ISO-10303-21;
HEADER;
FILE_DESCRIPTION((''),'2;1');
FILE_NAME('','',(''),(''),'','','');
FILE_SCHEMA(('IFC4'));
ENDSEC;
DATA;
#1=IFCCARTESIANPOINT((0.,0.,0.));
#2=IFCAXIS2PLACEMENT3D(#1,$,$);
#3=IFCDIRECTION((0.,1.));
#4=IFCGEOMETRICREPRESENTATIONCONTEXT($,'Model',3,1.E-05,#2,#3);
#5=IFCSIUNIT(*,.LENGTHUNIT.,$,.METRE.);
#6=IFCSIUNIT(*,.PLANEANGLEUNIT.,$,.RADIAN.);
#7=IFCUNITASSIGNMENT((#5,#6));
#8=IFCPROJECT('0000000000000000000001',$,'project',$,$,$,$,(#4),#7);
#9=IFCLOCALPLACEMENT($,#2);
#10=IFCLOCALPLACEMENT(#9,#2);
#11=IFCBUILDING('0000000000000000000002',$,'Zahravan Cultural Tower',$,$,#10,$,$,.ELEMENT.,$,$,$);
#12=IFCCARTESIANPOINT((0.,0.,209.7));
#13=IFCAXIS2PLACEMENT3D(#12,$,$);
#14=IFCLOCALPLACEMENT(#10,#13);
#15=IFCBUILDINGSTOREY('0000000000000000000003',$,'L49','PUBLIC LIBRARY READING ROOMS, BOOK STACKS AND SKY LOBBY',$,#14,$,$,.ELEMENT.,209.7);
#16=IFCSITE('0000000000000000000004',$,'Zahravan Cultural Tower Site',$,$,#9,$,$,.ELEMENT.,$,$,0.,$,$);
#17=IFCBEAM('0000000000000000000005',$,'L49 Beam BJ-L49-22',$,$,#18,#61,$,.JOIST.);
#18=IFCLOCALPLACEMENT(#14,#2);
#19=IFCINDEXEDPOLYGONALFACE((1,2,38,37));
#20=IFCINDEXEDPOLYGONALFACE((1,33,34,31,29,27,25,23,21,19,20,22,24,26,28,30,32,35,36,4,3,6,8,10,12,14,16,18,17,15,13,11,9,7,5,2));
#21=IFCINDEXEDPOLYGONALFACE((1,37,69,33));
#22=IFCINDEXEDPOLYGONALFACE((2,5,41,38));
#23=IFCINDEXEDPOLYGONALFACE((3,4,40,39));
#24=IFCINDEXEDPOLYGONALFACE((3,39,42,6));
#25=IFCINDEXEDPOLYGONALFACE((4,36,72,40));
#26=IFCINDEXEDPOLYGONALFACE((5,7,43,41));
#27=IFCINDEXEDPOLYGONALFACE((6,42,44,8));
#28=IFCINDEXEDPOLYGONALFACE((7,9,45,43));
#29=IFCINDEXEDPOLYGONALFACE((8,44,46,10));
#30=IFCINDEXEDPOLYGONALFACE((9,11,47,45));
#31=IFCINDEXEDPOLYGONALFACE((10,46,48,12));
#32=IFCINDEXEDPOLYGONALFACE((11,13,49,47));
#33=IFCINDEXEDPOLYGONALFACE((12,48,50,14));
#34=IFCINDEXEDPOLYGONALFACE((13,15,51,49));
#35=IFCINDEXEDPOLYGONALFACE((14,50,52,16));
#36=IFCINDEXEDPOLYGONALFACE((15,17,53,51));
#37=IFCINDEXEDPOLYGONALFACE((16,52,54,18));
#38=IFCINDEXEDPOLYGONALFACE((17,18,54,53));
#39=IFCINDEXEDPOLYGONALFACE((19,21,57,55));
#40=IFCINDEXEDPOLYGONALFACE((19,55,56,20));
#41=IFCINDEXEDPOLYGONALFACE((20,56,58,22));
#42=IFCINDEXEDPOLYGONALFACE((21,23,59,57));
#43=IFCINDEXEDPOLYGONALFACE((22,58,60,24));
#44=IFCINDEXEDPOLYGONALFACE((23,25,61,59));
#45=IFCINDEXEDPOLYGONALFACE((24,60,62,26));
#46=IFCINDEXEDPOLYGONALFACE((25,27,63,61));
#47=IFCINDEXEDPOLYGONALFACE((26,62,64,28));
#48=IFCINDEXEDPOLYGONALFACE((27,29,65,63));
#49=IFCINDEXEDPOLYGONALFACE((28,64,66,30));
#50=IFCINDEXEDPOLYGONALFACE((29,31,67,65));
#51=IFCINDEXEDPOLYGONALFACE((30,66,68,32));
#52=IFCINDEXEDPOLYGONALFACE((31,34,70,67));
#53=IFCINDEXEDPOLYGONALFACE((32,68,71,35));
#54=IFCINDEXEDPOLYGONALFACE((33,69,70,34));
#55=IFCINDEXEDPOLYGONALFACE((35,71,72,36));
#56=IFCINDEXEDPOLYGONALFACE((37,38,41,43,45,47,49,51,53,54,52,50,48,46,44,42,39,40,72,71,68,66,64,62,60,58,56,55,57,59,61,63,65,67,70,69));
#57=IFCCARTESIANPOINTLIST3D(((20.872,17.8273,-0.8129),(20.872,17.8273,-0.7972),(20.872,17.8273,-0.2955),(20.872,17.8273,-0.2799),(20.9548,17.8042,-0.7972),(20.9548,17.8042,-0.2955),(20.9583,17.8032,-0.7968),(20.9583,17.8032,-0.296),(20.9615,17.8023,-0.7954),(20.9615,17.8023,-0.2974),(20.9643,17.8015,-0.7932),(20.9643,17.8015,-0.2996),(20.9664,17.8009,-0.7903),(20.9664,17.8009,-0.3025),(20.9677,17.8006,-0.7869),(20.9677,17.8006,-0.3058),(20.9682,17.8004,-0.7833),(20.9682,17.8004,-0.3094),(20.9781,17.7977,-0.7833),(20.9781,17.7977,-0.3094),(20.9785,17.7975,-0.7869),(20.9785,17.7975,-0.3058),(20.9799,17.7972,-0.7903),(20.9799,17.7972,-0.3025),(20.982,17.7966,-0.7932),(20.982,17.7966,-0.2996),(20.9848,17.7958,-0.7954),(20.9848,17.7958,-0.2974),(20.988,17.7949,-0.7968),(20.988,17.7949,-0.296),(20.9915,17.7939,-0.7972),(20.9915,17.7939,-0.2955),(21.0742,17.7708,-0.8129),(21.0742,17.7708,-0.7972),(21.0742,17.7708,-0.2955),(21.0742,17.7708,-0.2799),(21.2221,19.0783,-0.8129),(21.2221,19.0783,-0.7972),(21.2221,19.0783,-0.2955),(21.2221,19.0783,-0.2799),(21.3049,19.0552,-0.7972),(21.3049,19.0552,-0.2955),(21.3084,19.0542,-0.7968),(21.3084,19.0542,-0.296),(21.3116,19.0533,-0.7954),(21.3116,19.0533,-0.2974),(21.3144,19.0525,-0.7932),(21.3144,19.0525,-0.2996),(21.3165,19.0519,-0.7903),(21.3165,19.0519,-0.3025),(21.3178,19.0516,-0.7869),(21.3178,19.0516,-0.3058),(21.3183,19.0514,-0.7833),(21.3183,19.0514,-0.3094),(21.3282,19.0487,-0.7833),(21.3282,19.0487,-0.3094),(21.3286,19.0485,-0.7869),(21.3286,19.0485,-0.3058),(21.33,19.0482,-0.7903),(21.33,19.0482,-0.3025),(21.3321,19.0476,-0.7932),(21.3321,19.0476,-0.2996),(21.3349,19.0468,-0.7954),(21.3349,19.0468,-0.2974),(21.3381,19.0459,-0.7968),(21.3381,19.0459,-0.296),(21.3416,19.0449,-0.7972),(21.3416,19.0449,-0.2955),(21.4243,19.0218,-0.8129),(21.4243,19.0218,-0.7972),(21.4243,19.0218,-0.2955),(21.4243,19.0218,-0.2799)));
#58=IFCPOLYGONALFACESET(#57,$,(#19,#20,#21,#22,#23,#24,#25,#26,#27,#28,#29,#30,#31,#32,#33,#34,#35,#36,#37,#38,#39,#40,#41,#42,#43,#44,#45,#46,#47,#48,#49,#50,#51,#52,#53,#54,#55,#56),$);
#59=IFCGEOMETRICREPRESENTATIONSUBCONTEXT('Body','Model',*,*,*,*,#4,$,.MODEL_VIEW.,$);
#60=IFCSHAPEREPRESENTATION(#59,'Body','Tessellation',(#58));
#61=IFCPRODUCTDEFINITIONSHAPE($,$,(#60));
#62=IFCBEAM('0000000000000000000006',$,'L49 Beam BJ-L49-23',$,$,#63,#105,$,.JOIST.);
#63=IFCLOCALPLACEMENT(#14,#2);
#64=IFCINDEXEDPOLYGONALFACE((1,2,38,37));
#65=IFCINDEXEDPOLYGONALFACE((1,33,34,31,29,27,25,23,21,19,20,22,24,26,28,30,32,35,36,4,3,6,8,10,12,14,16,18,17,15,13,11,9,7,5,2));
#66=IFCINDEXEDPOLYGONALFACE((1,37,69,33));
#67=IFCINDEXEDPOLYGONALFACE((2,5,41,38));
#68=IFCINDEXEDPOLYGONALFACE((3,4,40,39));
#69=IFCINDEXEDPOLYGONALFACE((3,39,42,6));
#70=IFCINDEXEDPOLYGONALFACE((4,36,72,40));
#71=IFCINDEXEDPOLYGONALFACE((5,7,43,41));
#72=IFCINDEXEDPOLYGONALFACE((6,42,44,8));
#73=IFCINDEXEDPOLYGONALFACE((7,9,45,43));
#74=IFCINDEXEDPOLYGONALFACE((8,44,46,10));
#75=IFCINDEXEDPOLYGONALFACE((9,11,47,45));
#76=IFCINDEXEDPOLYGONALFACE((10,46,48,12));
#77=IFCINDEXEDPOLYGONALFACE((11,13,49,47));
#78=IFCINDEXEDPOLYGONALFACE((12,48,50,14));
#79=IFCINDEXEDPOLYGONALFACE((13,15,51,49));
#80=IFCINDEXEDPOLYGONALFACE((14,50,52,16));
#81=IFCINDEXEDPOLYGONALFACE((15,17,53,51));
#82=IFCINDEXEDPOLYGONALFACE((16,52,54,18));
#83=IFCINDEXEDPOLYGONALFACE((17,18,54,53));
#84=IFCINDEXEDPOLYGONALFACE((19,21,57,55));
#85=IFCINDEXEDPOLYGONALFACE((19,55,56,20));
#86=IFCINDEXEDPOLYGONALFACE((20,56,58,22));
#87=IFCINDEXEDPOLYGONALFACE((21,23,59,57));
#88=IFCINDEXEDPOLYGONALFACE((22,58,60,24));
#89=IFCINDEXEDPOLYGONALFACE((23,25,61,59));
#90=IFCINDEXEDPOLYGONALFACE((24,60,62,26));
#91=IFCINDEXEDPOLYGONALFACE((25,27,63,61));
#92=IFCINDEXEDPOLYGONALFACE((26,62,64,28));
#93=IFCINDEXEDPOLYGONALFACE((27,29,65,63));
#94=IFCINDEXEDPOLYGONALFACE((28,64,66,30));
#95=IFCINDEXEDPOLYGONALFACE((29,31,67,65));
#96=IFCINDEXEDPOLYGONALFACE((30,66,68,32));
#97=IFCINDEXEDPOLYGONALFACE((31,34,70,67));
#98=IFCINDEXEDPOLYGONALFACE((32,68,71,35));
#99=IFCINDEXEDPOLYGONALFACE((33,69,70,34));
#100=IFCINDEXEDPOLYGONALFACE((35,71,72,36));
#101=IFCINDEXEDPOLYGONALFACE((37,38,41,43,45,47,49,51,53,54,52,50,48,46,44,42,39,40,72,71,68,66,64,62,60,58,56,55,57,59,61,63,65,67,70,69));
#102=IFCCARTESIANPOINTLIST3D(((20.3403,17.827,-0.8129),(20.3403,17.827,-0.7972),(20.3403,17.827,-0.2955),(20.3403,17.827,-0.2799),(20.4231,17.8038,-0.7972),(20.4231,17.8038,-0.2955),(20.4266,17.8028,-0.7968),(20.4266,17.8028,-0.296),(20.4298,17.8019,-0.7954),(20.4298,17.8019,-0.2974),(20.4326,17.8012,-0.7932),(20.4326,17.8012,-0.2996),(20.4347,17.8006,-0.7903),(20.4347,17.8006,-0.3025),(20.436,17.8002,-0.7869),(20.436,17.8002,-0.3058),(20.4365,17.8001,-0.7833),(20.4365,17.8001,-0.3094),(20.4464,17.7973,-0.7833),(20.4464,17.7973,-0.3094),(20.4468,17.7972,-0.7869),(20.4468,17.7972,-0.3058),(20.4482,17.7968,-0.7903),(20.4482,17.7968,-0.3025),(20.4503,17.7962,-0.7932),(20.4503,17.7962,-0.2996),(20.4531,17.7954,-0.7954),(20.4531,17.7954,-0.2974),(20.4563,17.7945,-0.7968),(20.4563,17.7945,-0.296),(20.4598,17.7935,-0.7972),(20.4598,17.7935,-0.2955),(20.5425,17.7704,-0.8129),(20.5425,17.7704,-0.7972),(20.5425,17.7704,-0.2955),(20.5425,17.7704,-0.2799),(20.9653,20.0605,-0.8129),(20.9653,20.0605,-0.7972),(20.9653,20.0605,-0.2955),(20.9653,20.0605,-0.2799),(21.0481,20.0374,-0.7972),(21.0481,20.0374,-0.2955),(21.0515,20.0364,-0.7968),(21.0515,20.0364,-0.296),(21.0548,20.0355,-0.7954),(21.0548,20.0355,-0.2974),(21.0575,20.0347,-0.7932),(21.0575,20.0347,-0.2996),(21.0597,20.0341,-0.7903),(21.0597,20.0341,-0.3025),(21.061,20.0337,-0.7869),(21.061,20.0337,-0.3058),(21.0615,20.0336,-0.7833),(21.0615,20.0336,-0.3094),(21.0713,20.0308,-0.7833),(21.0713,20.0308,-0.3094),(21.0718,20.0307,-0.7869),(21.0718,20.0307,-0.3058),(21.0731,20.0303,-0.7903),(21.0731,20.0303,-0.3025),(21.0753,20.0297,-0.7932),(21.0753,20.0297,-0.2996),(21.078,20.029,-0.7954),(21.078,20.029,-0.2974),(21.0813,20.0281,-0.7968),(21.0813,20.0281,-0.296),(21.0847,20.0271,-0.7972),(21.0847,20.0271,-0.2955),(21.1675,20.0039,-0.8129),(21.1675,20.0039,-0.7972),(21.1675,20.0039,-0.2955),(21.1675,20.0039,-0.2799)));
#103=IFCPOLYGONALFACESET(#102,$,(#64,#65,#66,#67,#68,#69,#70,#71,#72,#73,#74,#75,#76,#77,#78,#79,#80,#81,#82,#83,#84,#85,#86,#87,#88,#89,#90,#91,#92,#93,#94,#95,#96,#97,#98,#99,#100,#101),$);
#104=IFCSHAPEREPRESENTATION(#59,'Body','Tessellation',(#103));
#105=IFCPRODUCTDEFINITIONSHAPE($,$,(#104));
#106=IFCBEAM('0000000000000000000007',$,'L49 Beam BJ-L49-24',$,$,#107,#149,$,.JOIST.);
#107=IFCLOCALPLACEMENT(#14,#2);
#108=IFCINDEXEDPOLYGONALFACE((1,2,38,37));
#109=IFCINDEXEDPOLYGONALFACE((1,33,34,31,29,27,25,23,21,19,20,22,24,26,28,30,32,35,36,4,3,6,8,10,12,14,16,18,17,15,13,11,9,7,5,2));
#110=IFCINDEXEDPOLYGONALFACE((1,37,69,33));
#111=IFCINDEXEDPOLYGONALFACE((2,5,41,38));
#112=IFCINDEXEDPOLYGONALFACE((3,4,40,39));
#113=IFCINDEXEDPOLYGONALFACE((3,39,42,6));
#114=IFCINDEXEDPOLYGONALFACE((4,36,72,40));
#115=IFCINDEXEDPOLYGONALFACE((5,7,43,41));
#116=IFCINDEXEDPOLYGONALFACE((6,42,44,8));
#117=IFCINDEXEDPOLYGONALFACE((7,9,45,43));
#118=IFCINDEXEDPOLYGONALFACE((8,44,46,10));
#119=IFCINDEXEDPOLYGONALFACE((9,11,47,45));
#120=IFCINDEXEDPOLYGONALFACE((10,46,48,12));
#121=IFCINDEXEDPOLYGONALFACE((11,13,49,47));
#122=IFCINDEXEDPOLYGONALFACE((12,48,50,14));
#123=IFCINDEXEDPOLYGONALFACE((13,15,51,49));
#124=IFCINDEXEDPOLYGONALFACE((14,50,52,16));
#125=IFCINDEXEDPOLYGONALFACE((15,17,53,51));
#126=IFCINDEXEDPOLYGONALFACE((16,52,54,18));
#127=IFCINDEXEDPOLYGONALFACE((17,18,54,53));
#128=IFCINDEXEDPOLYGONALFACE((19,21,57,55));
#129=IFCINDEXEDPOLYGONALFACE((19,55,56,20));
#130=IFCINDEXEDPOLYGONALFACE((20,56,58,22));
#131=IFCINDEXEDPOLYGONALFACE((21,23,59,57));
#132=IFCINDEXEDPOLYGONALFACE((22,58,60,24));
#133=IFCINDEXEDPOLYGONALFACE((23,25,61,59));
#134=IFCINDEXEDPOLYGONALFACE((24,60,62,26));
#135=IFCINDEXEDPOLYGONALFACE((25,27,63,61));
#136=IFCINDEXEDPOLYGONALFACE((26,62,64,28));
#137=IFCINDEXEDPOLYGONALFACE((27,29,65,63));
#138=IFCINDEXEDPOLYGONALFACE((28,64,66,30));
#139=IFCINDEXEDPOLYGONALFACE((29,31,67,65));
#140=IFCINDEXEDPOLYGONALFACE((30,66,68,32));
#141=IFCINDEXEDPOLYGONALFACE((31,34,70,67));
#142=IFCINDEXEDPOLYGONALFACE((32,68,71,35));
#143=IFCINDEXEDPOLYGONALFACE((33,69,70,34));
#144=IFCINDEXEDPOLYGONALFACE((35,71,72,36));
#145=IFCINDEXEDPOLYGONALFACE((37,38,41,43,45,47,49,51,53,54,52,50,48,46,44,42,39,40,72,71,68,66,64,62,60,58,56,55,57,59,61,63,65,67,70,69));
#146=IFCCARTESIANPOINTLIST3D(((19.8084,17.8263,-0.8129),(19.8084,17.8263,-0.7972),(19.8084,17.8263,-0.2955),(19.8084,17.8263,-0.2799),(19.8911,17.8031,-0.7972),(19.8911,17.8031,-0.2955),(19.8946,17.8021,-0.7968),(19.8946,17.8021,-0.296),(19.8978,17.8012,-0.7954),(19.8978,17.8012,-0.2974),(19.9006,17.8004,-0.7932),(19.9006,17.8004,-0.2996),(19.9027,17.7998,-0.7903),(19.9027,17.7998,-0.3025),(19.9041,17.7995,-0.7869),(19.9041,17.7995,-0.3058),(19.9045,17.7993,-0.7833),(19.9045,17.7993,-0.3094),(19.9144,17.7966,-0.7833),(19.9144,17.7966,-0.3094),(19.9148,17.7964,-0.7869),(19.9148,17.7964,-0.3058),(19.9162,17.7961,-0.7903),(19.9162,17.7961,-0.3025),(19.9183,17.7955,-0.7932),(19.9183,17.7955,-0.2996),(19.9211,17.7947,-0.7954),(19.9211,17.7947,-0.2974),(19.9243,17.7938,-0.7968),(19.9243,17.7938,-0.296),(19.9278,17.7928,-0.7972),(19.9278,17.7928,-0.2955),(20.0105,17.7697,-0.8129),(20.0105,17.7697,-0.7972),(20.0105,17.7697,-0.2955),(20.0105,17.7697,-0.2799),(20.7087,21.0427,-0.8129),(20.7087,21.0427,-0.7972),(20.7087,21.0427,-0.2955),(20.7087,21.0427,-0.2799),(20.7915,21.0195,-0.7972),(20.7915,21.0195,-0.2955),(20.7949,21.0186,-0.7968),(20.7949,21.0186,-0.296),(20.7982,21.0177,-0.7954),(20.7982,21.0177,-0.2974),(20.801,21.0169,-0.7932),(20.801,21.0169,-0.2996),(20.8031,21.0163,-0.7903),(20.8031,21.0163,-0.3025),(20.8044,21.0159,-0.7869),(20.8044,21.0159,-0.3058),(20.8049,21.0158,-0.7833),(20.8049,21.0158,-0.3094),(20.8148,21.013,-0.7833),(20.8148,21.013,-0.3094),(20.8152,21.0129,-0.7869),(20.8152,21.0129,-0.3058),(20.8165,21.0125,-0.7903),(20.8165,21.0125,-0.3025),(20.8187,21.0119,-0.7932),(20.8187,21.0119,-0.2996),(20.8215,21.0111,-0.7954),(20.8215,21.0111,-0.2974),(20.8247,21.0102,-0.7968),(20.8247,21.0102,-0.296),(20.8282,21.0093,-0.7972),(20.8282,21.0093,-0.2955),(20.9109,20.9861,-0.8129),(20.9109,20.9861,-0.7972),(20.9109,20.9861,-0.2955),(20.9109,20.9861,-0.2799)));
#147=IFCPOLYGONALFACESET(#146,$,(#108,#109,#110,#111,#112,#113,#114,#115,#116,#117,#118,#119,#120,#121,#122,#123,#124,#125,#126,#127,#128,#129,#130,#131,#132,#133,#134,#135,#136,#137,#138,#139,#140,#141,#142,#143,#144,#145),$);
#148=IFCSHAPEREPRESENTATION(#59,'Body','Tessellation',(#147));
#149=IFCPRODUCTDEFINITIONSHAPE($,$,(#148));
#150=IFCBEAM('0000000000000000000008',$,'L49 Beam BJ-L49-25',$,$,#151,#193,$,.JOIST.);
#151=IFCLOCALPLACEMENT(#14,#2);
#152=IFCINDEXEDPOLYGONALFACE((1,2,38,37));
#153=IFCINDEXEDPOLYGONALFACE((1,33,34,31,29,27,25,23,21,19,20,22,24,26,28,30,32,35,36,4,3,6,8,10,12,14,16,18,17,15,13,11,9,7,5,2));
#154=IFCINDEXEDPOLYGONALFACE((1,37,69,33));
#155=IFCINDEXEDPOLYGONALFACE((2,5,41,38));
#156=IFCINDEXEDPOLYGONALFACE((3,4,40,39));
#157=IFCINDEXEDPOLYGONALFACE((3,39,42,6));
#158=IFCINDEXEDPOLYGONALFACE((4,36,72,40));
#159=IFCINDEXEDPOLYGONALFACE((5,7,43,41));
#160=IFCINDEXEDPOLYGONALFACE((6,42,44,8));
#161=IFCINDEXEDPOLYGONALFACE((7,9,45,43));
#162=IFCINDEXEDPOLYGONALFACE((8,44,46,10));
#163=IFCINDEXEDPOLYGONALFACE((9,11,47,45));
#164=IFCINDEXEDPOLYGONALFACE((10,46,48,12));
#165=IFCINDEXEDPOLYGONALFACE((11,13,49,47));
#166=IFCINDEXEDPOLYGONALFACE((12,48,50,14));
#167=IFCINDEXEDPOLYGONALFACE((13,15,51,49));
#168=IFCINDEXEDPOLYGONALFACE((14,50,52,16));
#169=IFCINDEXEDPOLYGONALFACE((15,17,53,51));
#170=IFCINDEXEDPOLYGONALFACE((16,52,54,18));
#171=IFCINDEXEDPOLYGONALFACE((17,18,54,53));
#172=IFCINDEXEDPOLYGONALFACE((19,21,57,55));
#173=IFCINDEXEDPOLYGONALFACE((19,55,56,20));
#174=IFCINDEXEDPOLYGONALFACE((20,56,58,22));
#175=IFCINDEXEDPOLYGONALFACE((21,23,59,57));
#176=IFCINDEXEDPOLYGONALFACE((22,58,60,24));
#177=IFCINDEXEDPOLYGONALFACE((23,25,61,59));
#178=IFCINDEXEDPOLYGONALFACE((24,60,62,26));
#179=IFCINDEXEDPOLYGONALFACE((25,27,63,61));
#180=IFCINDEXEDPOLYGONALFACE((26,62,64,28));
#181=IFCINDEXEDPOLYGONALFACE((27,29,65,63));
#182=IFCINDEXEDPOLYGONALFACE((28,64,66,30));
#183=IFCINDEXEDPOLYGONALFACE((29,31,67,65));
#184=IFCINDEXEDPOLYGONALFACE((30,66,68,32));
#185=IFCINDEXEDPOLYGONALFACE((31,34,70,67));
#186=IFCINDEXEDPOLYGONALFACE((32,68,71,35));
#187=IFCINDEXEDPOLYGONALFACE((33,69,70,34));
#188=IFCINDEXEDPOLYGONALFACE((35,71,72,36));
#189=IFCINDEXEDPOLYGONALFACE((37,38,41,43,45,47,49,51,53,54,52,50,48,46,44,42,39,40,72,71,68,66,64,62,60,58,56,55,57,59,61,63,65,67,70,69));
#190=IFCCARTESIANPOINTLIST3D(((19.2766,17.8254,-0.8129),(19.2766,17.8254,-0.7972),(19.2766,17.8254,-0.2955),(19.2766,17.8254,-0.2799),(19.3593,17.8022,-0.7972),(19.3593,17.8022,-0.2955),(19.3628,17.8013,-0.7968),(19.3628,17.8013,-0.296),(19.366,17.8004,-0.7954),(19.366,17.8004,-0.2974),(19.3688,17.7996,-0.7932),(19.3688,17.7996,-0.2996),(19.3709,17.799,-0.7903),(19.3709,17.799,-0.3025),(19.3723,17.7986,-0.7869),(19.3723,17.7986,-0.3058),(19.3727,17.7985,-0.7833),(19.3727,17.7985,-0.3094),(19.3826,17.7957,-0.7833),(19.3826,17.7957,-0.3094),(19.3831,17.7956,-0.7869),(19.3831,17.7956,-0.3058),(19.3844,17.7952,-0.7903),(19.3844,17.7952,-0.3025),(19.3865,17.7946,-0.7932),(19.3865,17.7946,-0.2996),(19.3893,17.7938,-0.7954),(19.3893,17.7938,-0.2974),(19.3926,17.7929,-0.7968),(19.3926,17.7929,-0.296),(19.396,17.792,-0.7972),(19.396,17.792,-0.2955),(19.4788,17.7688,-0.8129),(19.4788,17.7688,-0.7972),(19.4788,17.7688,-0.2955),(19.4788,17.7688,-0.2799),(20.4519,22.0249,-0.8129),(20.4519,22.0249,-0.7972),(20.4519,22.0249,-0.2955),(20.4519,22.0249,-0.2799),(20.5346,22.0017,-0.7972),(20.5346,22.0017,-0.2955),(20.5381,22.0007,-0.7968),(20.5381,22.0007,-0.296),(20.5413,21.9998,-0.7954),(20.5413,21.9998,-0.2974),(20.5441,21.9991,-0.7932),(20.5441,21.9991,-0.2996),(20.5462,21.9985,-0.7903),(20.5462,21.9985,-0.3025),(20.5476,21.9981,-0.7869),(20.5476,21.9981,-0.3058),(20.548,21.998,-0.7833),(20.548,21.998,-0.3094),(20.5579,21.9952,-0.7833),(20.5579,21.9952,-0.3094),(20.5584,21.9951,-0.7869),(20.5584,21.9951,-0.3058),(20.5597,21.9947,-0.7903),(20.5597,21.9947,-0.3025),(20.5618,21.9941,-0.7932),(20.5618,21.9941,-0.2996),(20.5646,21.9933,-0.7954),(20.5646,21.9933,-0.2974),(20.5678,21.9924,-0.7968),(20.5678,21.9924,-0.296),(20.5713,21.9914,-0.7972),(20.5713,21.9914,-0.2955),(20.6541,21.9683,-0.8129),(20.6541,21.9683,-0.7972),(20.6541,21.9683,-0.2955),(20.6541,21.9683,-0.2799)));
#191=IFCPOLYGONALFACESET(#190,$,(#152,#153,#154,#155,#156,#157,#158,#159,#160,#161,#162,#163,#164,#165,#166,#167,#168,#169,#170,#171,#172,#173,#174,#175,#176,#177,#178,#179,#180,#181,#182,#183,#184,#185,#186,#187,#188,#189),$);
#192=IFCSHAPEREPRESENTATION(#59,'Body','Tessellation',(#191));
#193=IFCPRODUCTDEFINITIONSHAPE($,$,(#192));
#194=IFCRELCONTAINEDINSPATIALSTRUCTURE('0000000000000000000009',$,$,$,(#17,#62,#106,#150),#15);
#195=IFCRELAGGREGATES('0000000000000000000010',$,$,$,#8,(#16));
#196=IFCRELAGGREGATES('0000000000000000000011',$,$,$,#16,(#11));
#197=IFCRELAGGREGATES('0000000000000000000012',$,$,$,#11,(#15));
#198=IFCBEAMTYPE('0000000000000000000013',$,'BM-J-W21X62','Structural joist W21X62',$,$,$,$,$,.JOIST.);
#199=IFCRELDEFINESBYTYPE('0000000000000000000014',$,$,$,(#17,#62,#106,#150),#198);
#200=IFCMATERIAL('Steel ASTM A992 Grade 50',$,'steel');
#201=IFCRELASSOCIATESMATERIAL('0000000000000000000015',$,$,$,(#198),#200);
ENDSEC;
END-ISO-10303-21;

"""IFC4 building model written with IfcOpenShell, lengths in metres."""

from ifc_helpers import new_model, si_unit, direction, frame, origin, origin_2d, place, context, subcontext, project, spatial, i_section, extrude, source, transform, mapped, material, material_profile, profile_set, type_object, element, save


model = new_model("IFC4")

# Units and contexts
model_context = context("Model", 3, precision=1e-05, world=origin(), true_north=direction((0.0, 1.0)))
body_context = subcontext(model_context, "Body", "Model", "MODEL_VIEW")
ifc_project = project(units=[si_unit("LENGTHUNIT", "METRE"), si_unit("PLANEANGLEUNIT", "RADIAN")], contexts=[model_context])

# Site, building, storey
site_placement = place(None, origin())
site = spatial("IfcSite", under=ifc_project, at=site_placement, Name="Zahravan Cultural Tower Site", CompositionType="ELEMENT", RefElevation=0.0)
building_placement = place(site_placement, origin())
building = spatial("IfcBuilding", under=site, at=building_placement, Name="Zahravan Cultural Tower", CompositionType="ELEMENT")
storey_placement = place(building_placement, frame((0.0, 0.0, 209.7)))
storey = spatial("IfcBuildingStorey", under=building, at=storey_placement, Name="L49", Description="PUBLIC LIBRARY READING ROOMS, BOOK STACKS AND SKY LOBBY", CompositionType="ELEMENT", Elevation=209.7)

# Beams
ifc_material_1 = material(Name="Steel ASTM A992 Grade 50", Category="steel")
ifc_material_profile_1 = material_profile(ifc_material_1, i_section(OverallWidth=0.21, OverallDepth=0.533, WebThickness=0.0103, FlangeThickness=0.0156, FilletRadius=0.0139, at=origin_2d()), Name="W21X62")
ifc_profile_set_1 = profile_set([ifc_material_profile_1], Name="Steel ASTM A992 Grade 50")
beam_type_1 = type_object("IfcBeamType", Name="BM-J-W21X62", Description="Structural joist W21X62", PredefinedType="JOIST", material=ifc_profile_set_1)
shared_shape_1 = source(origin(), body_context, "Body", "SweptSolid", [
    extrude(i_section(OverallWidth=0.21, OverallDepth=0.533, WebThickness=0.0103, FlangeThickness=0.0156, FilletRadius=0.0139, at=origin_2d()), origin(), (0.0, 0.0, 1.0), 1.2991),
])
beam_1_placement = place(storey_placement, frame((21.3232, 19.05, -0.5464), z_axis=(-0.269504, -0.962999, 0.0), x_axis=(0.962999, -0.269504, 0.0)))
element("IfcBeam", 1, at=beam_1_placement, inside=storey, type_object=beam_type_1, Name="L49 Beam BJ-L49-22", PredefinedType="JOIST", context=body_context, shape_type="MappedRepresentation", body=[
    mapped(shared_shape_1, transform((0.0, 0.0, 0.0), x_axis=(1.0, 0.0, 0.0), y_axis=(0.0, 1.0, 0.0), z_axis=(0.0, 0.0, 1.0), scale=1.0)),
])
shared_shape_2 = source(origin(), body_context, "Body", "SweptSolid", [
    extrude(i_section(OverallWidth=0.21, OverallDepth=0.533, WebThickness=0.0103, FlangeThickness=0.0156, FilletRadius=0.0139, at=origin_2d()), origin(), (0.0, 0.0, 1.0), 2.3193),
])
beam_2_placement = place(storey_placement, frame((21.0664, 20.0322, -0.5464), z_axis=(-0.269462, -0.963011, 0.0), x_axis=(0.963011, -0.269462, 0.0)))
element("IfcBeam", 2, at=beam_2_placement, inside=storey, type_object=beam_type_1, Name="L49 Beam BJ-L49-23", PredefinedType="JOIST", context=body_context, shape_type="MappedRepresentation", body=[
    mapped(shared_shape_2, transform((0.0, 0.0, 0.0), x_axis=(1.0, 0.0, 0.0), y_axis=(0.0, 1.0, 0.0), z_axis=(0.0, 0.0, 1.0), scale=1.0)),
])
shared_shape_3 = source(origin(), body_context, "Body", "SweptSolid", [
    extrude(i_section(OverallWidth=0.21, OverallDepth=0.533, WebThickness=0.0103, FlangeThickness=0.0156, FilletRadius=0.0139, at=origin_2d()), origin(), (0.0, 0.0, 1.0), 3.3401),
])
beam_3_placement = place(storey_placement, frame((20.8098, 21.0144, -0.5464), z_axis=(-0.269562, -0.962983, 0.0), x_axis=(0.962983, -0.269562, 0.0)))
element("IfcBeam", 3, at=beam_3_placement, inside=storey, type_object=beam_type_1, Name="L49 Beam BJ-L49-24", PredefinedType="JOIST", context=body_context, shape_type="MappedRepresentation", body=[
    mapped(shared_shape_3, transform((0.0, 0.0, 0.0), x_axis=(1.0, 0.0, 0.0), y_axis=(0.0, 1.0, 0.0), z_axis=(0.0, 0.0, 1.0), scale=1.0)),
])
shared_shape_4 = source(origin(), body_context, "Body", "SweptSolid", [
    extrude(i_section(OverallWidth=0.21, OverallDepth=0.533, WebThickness=0.0103, FlangeThickness=0.0156, FilletRadius=0.0139, at=origin_2d()), origin(), (0.0, 0.0, 1.0), 4.3608),
])
beam_4_placement = place(storey_placement, frame((20.553, 21.9966, -0.5464), z_axis=(-0.269512, -0.962997, 0.0), x_axis=(0.962997, -0.269512, 0.0)))
element("IfcBeam", 4, at=beam_4_placement, inside=storey, type_object=beam_type_1, Name="L49 Beam BJ-L49-25", PredefinedType="JOIST", context=body_context, shape_type="MappedRepresentation", body=[
    mapped(shared_shape_4, transform((0.0, 0.0, 0.0), x_axis=(1.0, 0.0, 0.0), y_axis=(0.0, 1.0, 0.0), z_axis=(0.0, 0.0, 1.0), scale=1.0)),
])

save(model, "model.ifc")
